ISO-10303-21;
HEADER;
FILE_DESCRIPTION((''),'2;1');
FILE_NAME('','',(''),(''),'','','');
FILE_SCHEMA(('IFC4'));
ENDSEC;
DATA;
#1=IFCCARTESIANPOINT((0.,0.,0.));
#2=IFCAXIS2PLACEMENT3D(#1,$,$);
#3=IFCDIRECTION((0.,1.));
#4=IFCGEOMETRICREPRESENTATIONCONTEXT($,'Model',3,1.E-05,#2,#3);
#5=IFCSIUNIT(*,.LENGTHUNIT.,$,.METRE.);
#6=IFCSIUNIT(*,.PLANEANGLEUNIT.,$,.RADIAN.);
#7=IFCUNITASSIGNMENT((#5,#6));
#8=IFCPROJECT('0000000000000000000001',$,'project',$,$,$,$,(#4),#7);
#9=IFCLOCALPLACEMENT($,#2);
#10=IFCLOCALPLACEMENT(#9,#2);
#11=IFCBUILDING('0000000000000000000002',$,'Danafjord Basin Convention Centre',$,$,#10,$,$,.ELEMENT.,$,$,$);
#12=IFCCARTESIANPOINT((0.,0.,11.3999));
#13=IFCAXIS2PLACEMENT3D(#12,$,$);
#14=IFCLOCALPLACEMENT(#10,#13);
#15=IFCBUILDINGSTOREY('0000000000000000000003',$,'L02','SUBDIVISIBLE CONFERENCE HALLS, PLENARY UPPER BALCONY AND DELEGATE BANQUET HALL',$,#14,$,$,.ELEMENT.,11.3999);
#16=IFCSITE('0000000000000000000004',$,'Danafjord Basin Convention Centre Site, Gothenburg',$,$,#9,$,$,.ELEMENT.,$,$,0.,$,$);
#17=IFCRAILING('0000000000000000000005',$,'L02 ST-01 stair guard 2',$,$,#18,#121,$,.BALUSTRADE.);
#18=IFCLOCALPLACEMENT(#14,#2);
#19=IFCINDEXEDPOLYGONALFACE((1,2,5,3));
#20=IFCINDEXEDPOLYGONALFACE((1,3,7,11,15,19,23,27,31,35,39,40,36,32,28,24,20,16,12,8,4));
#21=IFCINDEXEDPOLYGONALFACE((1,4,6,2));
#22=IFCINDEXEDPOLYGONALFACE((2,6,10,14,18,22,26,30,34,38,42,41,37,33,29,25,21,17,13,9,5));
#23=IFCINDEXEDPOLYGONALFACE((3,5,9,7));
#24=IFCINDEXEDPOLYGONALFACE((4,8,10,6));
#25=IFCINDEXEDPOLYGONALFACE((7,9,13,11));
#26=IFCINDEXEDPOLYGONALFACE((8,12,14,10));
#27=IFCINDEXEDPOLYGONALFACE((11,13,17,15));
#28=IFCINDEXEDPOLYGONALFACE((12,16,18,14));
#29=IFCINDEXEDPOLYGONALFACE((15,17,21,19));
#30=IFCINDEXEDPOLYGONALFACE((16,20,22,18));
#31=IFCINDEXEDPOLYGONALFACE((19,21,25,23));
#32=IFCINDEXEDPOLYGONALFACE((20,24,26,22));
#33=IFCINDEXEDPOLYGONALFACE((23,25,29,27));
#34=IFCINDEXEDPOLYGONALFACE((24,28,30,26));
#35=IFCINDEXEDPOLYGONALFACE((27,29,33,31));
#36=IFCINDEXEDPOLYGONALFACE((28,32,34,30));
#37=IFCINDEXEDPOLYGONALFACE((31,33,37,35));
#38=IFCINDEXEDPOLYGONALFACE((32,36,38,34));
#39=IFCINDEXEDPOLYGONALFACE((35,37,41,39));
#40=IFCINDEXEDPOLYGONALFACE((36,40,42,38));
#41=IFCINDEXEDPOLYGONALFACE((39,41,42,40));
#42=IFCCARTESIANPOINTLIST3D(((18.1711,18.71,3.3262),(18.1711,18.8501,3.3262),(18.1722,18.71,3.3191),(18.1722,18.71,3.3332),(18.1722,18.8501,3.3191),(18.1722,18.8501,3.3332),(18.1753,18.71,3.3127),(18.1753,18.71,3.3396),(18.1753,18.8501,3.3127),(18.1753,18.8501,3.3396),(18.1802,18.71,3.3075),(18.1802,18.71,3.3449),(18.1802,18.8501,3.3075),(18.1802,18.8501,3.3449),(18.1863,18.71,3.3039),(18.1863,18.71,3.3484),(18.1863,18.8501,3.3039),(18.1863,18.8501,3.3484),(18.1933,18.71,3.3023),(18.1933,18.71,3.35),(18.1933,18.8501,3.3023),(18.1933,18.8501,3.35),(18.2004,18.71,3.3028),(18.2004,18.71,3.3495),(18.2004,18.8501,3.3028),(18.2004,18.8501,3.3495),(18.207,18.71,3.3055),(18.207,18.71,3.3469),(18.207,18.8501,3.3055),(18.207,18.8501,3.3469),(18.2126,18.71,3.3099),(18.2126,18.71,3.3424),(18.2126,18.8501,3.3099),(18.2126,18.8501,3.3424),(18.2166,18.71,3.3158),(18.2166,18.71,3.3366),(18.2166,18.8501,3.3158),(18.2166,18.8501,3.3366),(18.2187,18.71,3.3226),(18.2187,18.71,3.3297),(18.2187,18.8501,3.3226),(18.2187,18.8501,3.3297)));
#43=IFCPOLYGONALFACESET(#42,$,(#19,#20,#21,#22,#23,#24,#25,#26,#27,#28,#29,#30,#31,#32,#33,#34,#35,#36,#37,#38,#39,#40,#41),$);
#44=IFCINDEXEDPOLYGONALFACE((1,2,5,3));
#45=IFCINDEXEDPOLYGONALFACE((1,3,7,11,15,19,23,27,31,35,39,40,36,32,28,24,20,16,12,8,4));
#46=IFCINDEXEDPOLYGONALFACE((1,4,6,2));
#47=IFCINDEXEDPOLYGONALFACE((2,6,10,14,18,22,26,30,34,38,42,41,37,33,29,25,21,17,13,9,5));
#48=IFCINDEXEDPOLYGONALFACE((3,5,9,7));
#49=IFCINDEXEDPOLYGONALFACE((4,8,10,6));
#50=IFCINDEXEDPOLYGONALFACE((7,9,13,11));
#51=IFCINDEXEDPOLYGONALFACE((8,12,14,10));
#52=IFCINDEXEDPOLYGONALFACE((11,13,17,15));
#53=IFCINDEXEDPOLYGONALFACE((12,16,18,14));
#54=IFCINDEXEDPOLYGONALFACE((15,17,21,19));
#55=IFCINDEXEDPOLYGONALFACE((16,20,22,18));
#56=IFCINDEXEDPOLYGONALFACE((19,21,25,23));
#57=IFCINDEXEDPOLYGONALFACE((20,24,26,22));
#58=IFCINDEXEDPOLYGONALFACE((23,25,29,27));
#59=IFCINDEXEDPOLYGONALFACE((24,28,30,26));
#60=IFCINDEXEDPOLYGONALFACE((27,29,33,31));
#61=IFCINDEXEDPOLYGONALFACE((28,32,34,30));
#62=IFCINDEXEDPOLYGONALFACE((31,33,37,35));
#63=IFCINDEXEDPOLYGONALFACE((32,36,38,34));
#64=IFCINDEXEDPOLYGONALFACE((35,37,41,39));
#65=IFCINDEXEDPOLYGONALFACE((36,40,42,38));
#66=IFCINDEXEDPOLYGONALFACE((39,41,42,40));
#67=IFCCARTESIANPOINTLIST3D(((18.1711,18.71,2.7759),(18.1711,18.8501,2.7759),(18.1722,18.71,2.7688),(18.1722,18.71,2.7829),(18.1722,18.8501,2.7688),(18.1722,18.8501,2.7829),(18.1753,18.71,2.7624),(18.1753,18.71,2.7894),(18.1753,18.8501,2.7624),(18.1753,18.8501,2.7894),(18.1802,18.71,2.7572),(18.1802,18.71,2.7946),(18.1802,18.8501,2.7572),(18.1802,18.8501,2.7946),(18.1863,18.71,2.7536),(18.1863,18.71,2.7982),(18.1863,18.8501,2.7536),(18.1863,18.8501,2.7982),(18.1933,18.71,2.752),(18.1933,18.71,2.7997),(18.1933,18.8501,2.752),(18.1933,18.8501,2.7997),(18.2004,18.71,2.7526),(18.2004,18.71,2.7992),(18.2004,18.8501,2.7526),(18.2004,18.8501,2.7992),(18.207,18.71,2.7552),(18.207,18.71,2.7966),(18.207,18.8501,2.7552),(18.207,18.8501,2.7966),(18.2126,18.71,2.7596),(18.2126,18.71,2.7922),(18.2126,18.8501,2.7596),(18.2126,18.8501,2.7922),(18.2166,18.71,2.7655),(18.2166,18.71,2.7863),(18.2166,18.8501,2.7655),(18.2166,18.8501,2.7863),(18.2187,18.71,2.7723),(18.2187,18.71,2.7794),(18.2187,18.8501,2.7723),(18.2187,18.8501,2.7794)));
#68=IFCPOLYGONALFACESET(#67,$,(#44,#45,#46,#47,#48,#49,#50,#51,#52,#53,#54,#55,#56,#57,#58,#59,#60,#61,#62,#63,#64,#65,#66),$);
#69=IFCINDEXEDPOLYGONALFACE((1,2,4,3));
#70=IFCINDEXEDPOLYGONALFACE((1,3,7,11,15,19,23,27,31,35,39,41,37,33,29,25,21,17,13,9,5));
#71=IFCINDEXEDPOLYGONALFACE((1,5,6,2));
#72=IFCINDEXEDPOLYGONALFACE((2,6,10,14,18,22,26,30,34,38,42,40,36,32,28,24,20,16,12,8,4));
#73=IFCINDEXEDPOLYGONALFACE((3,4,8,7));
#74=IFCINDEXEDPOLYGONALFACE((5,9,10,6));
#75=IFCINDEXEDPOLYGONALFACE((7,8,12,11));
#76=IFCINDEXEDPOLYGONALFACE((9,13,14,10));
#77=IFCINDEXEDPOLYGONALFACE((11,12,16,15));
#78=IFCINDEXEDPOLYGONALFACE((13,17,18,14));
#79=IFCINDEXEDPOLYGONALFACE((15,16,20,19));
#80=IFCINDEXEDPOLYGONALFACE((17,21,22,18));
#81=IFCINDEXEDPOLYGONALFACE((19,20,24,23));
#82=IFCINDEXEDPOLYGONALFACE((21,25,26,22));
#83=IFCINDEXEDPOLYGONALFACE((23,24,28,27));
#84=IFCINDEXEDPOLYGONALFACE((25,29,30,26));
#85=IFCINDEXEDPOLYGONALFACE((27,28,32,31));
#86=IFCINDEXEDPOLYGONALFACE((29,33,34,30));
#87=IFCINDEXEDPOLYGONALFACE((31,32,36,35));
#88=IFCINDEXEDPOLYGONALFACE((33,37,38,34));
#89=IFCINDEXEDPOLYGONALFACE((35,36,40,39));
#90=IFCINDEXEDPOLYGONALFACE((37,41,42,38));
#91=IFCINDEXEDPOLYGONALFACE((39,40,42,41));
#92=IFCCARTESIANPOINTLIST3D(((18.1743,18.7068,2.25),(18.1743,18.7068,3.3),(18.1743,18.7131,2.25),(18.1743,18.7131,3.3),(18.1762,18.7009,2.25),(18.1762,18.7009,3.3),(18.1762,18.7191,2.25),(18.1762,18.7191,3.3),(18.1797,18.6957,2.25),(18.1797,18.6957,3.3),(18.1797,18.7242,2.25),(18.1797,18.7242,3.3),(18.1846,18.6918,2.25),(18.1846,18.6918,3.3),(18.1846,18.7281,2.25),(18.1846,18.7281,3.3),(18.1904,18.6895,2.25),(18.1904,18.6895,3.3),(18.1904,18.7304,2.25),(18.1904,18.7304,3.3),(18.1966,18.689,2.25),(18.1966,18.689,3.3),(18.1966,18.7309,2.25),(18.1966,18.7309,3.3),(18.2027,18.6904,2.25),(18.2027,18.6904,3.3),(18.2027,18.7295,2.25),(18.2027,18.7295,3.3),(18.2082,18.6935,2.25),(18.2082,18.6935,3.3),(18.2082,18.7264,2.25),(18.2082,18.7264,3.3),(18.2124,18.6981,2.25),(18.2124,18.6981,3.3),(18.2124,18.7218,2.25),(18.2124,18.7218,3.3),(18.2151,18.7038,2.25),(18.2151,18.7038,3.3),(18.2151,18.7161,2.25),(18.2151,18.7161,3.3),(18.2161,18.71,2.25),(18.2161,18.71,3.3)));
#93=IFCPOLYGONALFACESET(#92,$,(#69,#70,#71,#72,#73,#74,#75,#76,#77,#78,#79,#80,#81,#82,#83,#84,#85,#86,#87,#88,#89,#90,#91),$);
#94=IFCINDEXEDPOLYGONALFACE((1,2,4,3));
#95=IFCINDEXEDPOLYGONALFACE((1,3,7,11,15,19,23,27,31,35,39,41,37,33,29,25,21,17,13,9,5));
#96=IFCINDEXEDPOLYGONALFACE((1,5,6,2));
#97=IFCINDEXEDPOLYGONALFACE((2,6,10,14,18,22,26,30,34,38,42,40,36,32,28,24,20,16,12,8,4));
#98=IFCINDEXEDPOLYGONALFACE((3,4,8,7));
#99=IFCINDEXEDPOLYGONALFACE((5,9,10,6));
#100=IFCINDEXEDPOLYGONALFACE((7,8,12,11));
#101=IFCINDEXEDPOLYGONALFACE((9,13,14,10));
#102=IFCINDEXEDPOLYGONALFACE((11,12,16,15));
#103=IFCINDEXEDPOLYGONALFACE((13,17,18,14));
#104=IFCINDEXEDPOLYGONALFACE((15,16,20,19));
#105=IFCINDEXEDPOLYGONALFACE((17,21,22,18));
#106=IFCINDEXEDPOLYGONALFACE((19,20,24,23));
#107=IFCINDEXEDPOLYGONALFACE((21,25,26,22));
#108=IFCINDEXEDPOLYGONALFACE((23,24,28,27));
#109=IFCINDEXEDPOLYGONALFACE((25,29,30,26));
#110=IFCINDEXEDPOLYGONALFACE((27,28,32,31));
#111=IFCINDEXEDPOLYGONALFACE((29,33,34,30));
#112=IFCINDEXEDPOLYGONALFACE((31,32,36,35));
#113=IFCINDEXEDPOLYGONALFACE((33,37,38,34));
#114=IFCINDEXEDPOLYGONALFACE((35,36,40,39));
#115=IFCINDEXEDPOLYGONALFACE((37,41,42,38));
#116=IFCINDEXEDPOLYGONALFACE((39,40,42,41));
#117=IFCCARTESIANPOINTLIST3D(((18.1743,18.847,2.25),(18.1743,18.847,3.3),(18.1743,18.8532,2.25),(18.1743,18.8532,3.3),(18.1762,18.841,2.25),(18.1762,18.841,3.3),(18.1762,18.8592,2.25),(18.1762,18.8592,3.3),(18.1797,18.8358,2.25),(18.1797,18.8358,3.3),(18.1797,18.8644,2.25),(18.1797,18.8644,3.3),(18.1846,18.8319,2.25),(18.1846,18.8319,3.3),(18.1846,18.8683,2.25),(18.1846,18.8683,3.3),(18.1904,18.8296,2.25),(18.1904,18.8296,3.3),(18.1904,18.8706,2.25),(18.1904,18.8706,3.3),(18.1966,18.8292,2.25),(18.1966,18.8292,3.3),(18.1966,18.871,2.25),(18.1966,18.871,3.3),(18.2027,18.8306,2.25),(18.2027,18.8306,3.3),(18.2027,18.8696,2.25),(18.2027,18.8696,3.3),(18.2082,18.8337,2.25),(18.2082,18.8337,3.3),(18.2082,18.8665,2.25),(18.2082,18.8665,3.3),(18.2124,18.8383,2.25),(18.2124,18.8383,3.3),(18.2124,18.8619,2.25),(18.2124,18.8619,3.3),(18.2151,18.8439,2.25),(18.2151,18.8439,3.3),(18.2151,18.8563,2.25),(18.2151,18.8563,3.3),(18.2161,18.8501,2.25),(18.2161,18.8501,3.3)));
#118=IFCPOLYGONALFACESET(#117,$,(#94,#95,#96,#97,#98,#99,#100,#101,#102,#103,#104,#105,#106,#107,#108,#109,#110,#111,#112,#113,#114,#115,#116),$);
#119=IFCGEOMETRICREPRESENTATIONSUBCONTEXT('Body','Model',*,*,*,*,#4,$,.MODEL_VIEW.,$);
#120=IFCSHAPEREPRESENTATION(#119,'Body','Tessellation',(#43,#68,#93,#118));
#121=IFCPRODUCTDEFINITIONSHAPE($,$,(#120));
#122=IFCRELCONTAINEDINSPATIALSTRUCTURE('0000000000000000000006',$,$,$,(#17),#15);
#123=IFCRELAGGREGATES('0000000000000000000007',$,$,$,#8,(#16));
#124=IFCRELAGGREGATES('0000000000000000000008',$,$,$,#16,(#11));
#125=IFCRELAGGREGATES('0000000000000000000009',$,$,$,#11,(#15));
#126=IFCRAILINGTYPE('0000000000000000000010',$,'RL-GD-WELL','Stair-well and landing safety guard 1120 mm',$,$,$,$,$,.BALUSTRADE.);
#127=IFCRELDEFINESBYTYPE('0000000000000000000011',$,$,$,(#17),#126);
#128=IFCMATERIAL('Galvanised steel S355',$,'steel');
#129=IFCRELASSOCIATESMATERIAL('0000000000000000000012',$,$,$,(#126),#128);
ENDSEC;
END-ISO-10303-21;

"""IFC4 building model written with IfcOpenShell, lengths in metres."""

from ifc_helpers import new_model, si_unit, direction, frame, origin, origin_2d, place, context, subcontext, project, spatial, circle, extrude, material, type_object, element, save


model = new_model("IFC4")

# Units and contexts
model_context = context("Model", 3, precision=1e-05, world=origin(), true_north=direction((0.0, 1.0)))
body_context = subcontext(model_context, "Body", "Model", "MODEL_VIEW")
ifc_project = project(units=[si_unit("LENGTHUNIT", "METRE"), si_unit("PLANEANGLEUNIT", "RADIAN")], contexts=[model_context])

# Site, building, storey
site_placement = place(None, origin())
site = spatial("IfcSite", under=ifc_project, at=site_placement, Name="Danafjord Basin Convention Centre Site, Gothenburg", CompositionType="ELEMENT", RefElevation=0.0)
building_placement = place(site_placement, origin())
building = spatial("IfcBuilding", under=site, at=building_placement, Name="Danafjord Basin Convention Centre", CompositionType="ELEMENT")
storey_placement = place(building_placement, frame((0.0, 0.0, 11.3999)))
storey = spatial("IfcBuildingStorey", under=building, at=storey_placement, Name="L02", Description="SUBDIVISIBLE CONFERENCE HALLS, PLENARY UPPER BALCONY AND DELEGATE BANQUET HALL", CompositionType="ELEMENT", Elevation=11.3999)

# Railing
ifc_material_1 = material(Name="Galvanised steel S355", Category="steel")
railing_type_1 = type_object("IfcRailingType", Name="RL-GD-WELL", Description="Stair-well and landing safety guard 1120 mm", PredefinedType="BALUSTRADE", material=ifc_material_1)
railing_1_placement = place(storey_placement, frame((18.1951, 18.71, 2.25)))
element("IfcRailing", 1, at=railing_1_placement, inside=storey, type_object=railing_type_1, Name="L02 ST-01 stair guard 2", PredefinedType="BALUSTRADE", context=body_context, shape_type="SweptSolid", body=[
    extrude(circle(Radius=0.0239, at=origin_2d()), frame((0.0, 0.0, 1.0762), z_axis=(0.0, 1.0, 0.0), x_axis=(-1.0, 0.0, 0.0)), (0.0, 0.0, 1.0), 0.1401),
    extrude(circle(Radius=0.0239, at=origin_2d()), frame((0.0, 0.0, 0.5259), z_axis=(0.0, 1.0, 0.0), x_axis=(-1.0, 0.0, 0.0)), (0.0, 0.0, 1.0), 0.1401),
    extrude(circle(Radius=0.021, at=origin_2d()), origin(), (0.0, 0.0, 1.0), 1.05),
    extrude(circle(Radius=0.021, at=origin_2d()), frame((0.0, 0.1401, 0.0)), (0.0, 0.0, 1.0), 1.05),
])

save(model, "model.ifc")
